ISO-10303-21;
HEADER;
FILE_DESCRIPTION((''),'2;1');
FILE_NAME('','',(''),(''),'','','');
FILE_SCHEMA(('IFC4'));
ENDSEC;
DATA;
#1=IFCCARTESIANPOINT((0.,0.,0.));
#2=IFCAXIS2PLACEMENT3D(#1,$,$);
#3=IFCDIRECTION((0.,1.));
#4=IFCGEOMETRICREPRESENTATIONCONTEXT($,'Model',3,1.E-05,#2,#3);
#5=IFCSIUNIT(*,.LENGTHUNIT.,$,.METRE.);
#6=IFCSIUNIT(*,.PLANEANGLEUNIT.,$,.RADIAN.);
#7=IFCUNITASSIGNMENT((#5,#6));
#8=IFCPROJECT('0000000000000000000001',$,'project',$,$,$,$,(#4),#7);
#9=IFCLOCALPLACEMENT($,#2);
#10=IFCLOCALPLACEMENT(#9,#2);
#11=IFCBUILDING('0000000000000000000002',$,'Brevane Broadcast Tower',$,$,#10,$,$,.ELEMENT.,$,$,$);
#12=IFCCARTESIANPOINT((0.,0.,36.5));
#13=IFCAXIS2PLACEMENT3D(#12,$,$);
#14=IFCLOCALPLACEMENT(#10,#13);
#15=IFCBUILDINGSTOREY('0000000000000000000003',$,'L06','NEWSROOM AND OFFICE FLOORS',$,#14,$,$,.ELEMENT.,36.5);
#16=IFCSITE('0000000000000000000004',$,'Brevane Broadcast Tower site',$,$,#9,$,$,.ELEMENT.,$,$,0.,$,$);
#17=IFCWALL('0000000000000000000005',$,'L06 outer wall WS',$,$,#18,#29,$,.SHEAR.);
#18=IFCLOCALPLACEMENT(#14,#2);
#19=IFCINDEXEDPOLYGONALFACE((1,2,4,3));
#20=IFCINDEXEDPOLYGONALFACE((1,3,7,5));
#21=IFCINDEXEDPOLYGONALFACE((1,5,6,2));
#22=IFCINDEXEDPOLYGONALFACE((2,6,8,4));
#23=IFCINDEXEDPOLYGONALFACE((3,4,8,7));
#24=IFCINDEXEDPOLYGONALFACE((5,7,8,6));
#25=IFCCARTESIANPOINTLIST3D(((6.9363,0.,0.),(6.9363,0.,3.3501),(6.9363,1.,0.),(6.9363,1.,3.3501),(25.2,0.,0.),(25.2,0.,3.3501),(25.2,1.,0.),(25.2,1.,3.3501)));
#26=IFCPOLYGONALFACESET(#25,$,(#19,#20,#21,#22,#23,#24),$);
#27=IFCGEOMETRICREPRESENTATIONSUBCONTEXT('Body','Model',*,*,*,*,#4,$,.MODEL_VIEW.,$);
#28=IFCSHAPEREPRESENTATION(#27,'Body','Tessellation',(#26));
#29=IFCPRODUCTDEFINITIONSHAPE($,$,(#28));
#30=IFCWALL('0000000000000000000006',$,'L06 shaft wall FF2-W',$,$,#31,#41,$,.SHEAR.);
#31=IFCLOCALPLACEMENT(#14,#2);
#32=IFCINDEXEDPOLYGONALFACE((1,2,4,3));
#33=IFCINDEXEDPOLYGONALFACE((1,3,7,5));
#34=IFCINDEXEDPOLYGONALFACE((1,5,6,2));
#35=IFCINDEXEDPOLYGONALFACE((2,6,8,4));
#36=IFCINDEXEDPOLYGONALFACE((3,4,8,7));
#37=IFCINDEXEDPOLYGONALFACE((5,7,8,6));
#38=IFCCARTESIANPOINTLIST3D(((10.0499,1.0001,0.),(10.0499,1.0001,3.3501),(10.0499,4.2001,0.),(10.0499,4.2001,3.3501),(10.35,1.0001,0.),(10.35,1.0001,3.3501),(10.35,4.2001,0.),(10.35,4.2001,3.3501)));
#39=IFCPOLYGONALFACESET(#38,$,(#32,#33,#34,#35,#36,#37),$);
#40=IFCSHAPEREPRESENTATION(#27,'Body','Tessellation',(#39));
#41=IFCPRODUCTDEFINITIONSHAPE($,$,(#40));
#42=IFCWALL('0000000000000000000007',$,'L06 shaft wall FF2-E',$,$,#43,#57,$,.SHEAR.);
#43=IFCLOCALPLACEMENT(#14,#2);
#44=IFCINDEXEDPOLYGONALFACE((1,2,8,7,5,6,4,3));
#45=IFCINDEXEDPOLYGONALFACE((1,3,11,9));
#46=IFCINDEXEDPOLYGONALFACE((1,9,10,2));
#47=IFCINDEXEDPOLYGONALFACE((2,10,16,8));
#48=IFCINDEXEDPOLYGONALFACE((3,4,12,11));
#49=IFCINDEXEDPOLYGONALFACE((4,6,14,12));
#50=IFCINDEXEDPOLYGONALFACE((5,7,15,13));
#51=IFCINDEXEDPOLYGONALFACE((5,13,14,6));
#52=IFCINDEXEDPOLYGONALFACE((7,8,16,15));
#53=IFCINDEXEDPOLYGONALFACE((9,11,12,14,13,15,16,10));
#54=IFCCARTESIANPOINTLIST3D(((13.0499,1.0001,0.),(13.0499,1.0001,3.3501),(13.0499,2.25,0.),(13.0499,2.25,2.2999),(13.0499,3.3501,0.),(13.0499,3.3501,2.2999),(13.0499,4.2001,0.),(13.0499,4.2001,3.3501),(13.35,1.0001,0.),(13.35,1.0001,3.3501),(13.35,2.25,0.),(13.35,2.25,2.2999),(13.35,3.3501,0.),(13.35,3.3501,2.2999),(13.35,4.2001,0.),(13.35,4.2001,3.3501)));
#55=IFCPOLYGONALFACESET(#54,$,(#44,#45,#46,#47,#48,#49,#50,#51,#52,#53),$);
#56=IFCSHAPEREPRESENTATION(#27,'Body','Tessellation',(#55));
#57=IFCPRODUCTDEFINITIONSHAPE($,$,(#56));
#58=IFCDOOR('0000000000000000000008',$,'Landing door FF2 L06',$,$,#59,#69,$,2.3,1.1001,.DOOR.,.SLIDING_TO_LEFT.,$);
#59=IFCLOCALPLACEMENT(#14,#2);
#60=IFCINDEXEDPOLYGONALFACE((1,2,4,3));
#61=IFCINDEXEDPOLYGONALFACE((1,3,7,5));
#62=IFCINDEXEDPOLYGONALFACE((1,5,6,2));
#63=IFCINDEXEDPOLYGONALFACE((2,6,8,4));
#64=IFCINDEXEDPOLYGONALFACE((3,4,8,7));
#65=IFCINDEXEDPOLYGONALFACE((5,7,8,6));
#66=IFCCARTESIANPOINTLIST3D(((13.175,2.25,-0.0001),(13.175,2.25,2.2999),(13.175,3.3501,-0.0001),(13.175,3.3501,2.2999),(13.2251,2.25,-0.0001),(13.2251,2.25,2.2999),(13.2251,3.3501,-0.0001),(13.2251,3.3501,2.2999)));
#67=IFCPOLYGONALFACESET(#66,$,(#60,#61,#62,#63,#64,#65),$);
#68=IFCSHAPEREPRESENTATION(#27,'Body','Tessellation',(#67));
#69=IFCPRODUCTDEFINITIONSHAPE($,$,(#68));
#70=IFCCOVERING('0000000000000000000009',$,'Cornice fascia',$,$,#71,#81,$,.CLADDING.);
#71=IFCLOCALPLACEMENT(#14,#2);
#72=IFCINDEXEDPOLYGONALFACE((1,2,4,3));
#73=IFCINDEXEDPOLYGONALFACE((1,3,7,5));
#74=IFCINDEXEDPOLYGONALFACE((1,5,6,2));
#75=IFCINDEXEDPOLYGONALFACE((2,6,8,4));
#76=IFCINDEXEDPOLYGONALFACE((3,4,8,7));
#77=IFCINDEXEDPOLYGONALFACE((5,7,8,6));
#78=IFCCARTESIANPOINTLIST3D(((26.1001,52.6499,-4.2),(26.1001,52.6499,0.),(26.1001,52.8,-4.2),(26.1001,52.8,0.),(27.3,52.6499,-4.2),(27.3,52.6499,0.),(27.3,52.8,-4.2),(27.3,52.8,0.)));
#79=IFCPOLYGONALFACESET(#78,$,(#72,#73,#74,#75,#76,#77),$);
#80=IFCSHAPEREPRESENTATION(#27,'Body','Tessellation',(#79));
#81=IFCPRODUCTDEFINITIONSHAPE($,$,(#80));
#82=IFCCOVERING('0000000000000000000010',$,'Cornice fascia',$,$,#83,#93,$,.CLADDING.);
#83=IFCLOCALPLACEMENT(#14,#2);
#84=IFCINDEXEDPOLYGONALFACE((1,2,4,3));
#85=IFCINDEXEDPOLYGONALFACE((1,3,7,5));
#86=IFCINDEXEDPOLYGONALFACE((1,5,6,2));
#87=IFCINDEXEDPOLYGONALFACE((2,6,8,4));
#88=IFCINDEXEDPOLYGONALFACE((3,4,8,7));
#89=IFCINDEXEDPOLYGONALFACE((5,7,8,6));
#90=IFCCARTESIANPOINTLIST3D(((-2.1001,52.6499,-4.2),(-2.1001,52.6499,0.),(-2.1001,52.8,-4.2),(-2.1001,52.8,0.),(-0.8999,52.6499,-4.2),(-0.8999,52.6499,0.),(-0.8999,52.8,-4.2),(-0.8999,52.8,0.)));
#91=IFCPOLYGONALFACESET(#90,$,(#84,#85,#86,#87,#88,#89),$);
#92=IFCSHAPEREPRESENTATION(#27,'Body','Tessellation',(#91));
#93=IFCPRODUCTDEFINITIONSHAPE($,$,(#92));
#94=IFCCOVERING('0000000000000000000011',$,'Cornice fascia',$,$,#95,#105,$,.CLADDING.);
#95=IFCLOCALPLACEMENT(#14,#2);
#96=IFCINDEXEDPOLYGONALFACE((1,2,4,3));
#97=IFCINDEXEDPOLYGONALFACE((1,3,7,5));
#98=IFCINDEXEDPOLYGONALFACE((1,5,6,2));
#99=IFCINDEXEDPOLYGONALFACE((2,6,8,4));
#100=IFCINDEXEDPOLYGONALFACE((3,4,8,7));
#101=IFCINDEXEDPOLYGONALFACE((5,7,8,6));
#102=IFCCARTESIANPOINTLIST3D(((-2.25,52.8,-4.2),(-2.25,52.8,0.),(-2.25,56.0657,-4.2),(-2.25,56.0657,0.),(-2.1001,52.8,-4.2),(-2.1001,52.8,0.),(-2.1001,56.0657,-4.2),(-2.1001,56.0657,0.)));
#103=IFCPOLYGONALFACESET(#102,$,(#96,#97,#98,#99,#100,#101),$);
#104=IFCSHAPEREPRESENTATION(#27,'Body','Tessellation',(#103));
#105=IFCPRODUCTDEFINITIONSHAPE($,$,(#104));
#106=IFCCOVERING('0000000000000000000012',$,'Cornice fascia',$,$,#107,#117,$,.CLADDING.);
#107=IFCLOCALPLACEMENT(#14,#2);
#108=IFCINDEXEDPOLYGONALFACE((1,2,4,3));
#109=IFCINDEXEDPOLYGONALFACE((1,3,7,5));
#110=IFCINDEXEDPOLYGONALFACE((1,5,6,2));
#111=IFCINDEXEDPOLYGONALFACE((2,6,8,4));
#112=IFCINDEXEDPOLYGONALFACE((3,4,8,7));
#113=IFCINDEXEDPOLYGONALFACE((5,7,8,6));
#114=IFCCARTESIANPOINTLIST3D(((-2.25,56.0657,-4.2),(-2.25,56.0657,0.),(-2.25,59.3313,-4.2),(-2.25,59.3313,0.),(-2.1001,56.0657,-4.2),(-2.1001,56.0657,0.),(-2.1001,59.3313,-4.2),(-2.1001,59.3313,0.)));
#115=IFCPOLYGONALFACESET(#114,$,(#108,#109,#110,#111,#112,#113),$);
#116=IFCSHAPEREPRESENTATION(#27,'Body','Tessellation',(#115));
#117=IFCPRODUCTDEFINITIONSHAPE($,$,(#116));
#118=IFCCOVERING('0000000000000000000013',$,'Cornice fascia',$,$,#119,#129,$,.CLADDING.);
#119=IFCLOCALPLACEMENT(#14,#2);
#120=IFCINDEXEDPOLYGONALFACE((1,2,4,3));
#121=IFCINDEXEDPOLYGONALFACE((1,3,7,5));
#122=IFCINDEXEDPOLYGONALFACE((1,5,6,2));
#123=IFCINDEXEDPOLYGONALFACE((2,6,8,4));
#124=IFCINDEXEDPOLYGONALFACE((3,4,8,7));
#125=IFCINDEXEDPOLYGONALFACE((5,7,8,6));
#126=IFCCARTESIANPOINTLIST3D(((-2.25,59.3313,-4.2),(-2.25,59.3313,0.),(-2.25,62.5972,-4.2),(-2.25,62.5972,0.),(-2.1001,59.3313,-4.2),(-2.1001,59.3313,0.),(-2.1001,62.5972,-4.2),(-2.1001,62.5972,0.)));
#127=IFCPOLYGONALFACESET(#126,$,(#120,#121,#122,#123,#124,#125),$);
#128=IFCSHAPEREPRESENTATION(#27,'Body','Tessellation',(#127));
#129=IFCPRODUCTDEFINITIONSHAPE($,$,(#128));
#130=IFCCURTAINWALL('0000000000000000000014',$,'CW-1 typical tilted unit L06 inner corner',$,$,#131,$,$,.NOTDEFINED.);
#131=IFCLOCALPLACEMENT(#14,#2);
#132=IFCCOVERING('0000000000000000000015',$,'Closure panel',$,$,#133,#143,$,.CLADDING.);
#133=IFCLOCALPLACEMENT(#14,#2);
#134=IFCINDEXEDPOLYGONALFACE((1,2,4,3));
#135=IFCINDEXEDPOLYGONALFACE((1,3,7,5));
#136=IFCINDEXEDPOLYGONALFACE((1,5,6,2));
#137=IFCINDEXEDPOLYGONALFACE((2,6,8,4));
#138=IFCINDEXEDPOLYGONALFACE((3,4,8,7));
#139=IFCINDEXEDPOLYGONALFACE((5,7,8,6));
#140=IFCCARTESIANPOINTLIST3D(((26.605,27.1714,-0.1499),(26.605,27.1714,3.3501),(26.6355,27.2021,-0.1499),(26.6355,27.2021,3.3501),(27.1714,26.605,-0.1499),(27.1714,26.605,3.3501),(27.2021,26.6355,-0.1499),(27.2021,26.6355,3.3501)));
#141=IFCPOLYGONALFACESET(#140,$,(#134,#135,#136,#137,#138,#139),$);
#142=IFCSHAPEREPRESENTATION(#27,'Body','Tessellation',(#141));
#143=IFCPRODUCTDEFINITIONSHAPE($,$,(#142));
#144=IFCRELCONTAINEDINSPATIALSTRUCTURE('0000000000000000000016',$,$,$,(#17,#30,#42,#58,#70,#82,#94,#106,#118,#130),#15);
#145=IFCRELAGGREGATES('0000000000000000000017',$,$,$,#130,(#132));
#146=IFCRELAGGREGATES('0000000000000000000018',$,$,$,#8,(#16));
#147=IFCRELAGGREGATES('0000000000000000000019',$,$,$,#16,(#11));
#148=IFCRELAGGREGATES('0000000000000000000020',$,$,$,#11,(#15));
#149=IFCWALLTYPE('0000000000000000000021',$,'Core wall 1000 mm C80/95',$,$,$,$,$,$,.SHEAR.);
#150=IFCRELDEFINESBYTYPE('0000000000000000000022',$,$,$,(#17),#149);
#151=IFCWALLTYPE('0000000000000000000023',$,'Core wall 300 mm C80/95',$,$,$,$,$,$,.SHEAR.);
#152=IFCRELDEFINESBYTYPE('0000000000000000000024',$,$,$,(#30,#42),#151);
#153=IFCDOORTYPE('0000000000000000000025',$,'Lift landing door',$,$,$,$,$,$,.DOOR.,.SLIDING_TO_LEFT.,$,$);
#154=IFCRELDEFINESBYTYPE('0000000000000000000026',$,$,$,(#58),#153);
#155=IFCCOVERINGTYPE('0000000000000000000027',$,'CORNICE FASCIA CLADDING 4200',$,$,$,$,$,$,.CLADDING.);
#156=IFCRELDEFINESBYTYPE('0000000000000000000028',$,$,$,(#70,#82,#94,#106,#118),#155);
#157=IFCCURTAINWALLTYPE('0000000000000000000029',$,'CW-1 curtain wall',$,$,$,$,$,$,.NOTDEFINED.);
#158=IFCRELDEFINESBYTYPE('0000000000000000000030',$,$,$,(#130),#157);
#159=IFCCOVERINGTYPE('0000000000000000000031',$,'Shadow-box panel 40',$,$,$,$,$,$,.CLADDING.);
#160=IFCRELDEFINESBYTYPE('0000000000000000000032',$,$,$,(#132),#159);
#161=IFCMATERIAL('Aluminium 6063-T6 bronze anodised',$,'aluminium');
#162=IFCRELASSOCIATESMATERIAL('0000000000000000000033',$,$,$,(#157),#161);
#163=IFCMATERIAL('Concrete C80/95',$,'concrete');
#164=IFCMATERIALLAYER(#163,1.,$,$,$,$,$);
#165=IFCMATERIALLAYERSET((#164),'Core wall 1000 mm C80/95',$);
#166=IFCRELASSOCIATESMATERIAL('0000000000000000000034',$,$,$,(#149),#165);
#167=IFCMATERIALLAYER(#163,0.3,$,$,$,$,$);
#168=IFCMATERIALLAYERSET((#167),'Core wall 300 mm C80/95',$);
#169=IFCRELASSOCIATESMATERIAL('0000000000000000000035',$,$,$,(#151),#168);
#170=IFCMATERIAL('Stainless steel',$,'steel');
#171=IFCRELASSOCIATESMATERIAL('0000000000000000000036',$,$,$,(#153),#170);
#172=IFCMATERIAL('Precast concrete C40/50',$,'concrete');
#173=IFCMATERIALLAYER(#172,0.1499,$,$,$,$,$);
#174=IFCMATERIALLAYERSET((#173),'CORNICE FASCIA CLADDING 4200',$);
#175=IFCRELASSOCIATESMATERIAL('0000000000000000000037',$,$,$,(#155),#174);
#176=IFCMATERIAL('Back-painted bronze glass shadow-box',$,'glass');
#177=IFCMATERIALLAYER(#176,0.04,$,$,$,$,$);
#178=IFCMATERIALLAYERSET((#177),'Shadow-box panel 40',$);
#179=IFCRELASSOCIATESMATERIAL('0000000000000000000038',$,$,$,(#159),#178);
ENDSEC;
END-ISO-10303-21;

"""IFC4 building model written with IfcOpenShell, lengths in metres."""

from ifc_helpers import new_model, si_unit, direction, frame, frame_2d, origin, place, context, subcontext, project, spatial, polyline, rectangle, outline, extrude, material, layer, layer_set, type_object, element, fill, aggregate, save


model = new_model("IFC4")

# Units and contexts
model_context = context("Model", 3, precision=1e-05, world=origin(), true_north=direction((0.0, 1.0)))
body_context = subcontext(model_context, "Body", "Model", "MODEL_VIEW")
ifc_project = project(units=[si_unit("LENGTHUNIT", "METRE"), si_unit("PLANEANGLEUNIT", "RADIAN")], contexts=[model_context])

# Site, building, storey
site_placement = place(None, origin())
site = spatial("IfcSite", under=ifc_project, at=site_placement, Name="Brevane Broadcast Tower site", CompositionType="ELEMENT", RefElevation=0.0)
building_placement = place(site_placement, origin())
building = spatial("IfcBuilding", under=site, at=building_placement, Name="Brevane Broadcast Tower", CompositionType="ELEMENT")
storey_placement = place(building_placement, frame((0.0, 0.0, 36.5)))
storey = spatial("IfcBuildingStorey", under=building, at=storey_placement, Name="L06", Description="NEWSROOM AND OFFICE FLOORS", CompositionType="ELEMENT", Elevation=36.5)

# Shared definitions
ifc_material_1 = material(Name="Aluminium 6063-T6 bronze anodised", Category="aluminium")
curtain_wall_type = type_object("IfcCurtainWallType", Name="CW-1 curtain wall", PredefinedType="NOTDEFINED", material=ifc_material_1)

# Walls
ifc_material_2 = material(Name="Concrete C80/95", Category="concrete")
ifc_layer_1 = layer(ifc_material_2, 1.0)
ifc_layer_set_1 = layer_set([ifc_layer_1], Name="Core wall 1000 mm C80/95")
wall_type_1 = type_object("IfcWallType", Name="Core wall 1000 mm C80/95", PredefinedType="SHEAR", material=ifc_layer_set_1)
wall_1_placement = place(storey_placement, frame((6.9363, 0.5, 0.0), z_axis=(0.0, 0.0, 1.0), x_axis=(1.0, 0.0, 0.0)))
element("IfcWall", 1, at=wall_1_placement, inside=storey, type_object=wall_type_1, Name="L06 outer wall WS", PredefinedType="SHEAR", context=body_context, shape_type="SweptSolid", body=[
    extrude(rectangle(XDim=18.2637, YDim=1.0, at=frame_2d((9.1318, 0.0))), origin(), (0.0, 0.0, 1.0), 3.3501),
])
ifc_layer_2 = layer(ifc_material_2, 0.3)
ifc_layer_set_2 = layer_set([ifc_layer_2], Name="Core wall 300 mm C80/95")
wall_type_2 = type_object("IfcWallType", Name="Core wall 300 mm C80/95", PredefinedType="SHEAR", material=ifc_layer_set_2)
wall_2_placement = place(storey_placement, frame((10.2, 1.0, 0.0), z_axis=(0.0, 0.0, 1.0), x_axis=(0.0, 1.0, 0.0)))
element("IfcWall", 2, at=wall_2_placement, inside=storey, type_object=wall_type_2, Name="L06 shaft wall FF2-W", PredefinedType="SHEAR", context=body_context, shape_type="SweptSolid", body=[
    extrude(rectangle(XDim=3.2, YDim=0.3, at=frame_2d((1.6001, 0.0))), origin(), (0.0, 0.0, 1.0), 3.3501),
])

# Wall, opening, door
wall_3_placement = place(storey_placement, frame((13.2, 1.0, 0.0), z_axis=(0.0, 0.0, 1.0), x_axis=(0.0, 1.0, 0.0)))
wall_3 = element("IfcWall", 3, at=wall_3_placement, inside=storey, type_object=wall_type_2, Name="L06 shaft wall FF2-E", PredefinedType="SHEAR", context=body_context, shape_type="SweptSolid", body=[
    extrude(rectangle(XDim=3.2, YDim=0.3, at=frame_2d((1.6001, 0.0))), origin(), (0.0, 0.0, 1.0), 3.3501),
])
opening_placement = place(wall_3_placement, frame((1.25, 0.0, 0.0)))
opening = element("IfcOpeningElement", 4, at=opening_placement, cuts=wall_3, PredefinedType="OPENING", context=body_context, shape_type="SweptSolid", body=[
    extrude(rectangle(XDim=1.1001, YDim=2.3, at=frame_2d((0.55, 1.1499))), frame((0.0, 0.1599, 0.0), z_axis=(0.0, -1.0, 0.0), x_axis=(1.0, 0.0, 0.0)), (0.0, 0.0, 1.0), 0.3201),
])
ifc_material_3 = material(Name="Stainless steel", Category="steel")
door_type = type_object("IfcDoorType", Name="Lift landing door", OperationType="SLIDING_TO_LEFT", PredefinedType="DOOR", material=ifc_material_3)
door_placement = place(opening_placement, origin())
door = element("IfcDoor", 5, at=door_placement, inside=storey, type_object=door_type, Name="Landing door FF2 L06", OperationType="SLIDING_TO_LEFT", OverallHeight=2.3, OverallWidth=1.1001, PredefinedType="DOOR", context=body_context, shape_type="SweptSolid", body=[
    extrude(rectangle(XDim=1.1001, YDim=2.3, at=frame_2d((0.55, 1.1499))), frame((0.0, 0.0249, 0.0), z_axis=(0.0, -1.0, 0.0), x_axis=(1.0, 0.0, 0.0)), (0.0, 0.0, 1.0), 0.05),
])
fill(opening, door)

# Coverings
ifc_material_4 = material(Name="Precast concrete C40/50", Category="concrete")
ifc_layer_3 = layer(ifc_material_4, 0.1499)
ifc_layer_set_3 = layer_set([ifc_layer_3], Name="CORNICE FASCIA CLADDING 4200")
covering_type_1 = type_object("IfcCoveringType", Name="CORNICE FASCIA CLADDING 4200", PredefinedType="CLADDING", material=ifc_layer_set_3)
covering_1_placement = place(storey_placement, frame((0.0, 0.0, -4.2)))
element("IfcCovering", 6, at=covering_1_placement, inside=storey, type_object=covering_type_1, Name="Cornice fascia", PredefinedType="CLADDING", context=body_context, shape_type="SweptSolid", body=[
    extrude(outline(polyline([(27.3, 52.8), (26.1001, 52.8), (26.1001, 52.6499), (27.3, 52.6499), (27.3, 52.8)])), origin(), (0.0, 0.0, 1.0), 4.2),
])
covering_2_placement = place(storey_placement, frame((0.0, 0.0, -4.2)))
element("IfcCovering", 7, at=covering_2_placement, inside=storey, type_object=covering_type_1, Name="Cornice fascia", PredefinedType="CLADDING", context=body_context, shape_type="SweptSolid", body=[
    extrude(outline(polyline([(-0.8999, 52.8), (-2.1001, 52.8), (-2.1001, 52.6499), (-0.8999, 52.6499), (-0.8999, 52.8)])), origin(), (0.0, 0.0, 1.0), 4.2),
])
covering_3_placement = place(storey_placement, frame((0.0, 0.0, -4.2)))
element("IfcCovering", 8, at=covering_3_placement, inside=storey, type_object=covering_type_1, Name="Cornice fascia", PredefinedType="CLADDING", context=body_context, shape_type="SweptSolid", body=[
    extrude(outline(polyline([(-2.1001, 52.8), (-2.1001, 56.0657), (-2.25, 56.0657), (-2.25, 52.8), (-2.1001, 52.8)])), origin(), (0.0, 0.0, 1.0), 4.2),
])
covering_4_placement = place(storey_placement, frame((0.0, 0.0, -4.2)))
element("IfcCovering", 9, at=covering_4_placement, inside=storey, type_object=covering_type_1, Name="Cornice fascia", PredefinedType="CLADDING", context=body_context, shape_type="SweptSolid", body=[
    extrude(outline(polyline([(-2.1001, 56.0657), (-2.1001, 59.3313), (-2.25, 59.3313), (-2.25, 56.0657), (-2.1001, 56.0657)])), origin(), (0.0, 0.0, 1.0), 4.2),
])
covering_5_placement = place(storey_placement, frame((0.0, 0.0, -4.2)))
element("IfcCovering", 10, at=covering_5_placement, inside=storey, type_object=covering_type_1, Name="Cornice fascia", PredefinedType="CLADDING", context=body_context, shape_type="SweptSolid", body=[
    extrude(outline(polyline([(-2.1001, 59.3313), (-2.1001, 62.5972), (-2.25, 62.5972), (-2.25, 59.3313), (-2.1001, 59.3313)])), origin(), (0.0, 0.0, 1.0), 4.2),
])

# Curtain wall, covering
curtain_wall_1_placement = place(storey_placement, origin())
curtain_wall_1 = element("IfcCurtainWall", 11, at=curtain_wall_1_placement, inside=storey, type_object=curtain_wall_type, Name="CW-1 typical tilted unit L06 inner corner", PredefinedType="NOTDEFINED")
ifc_material_5 = material(Name="Back-painted bronze glass shadow-box", Category="glass")
ifc_layer_4 = layer(ifc_material_5, 0.04)
ifc_layer_set_4 = layer_set([ifc_layer_4], Name="Shadow-box panel 40")
covering_type_2 = type_object("IfcCoveringType", Name="Shadow-box panel 40", PredefinedType="CLADDING", material=ifc_layer_set_4)
covering_6_placement = place(storey_placement, frame((0.0, 0.0, -0.1499)))
covering_6 = element("IfcCovering", 12, at=covering_6_placement, type_object=covering_type_2, Name="Closure panel", PredefinedType="CLADDING", context=body_context, shape_type="SweptSolid", body=[
    extrude(outline(polyline([(27.1714, 26.605), (27.2021, 26.6355), (26.6355, 27.2021), (26.605, 27.1714), (27.1714, 26.605)])), origin(), (0.0, 0.0, 1.0), 3.5),
])
aggregate(curtain_wall_1, [covering_6])

save(model, "model.ifc")
